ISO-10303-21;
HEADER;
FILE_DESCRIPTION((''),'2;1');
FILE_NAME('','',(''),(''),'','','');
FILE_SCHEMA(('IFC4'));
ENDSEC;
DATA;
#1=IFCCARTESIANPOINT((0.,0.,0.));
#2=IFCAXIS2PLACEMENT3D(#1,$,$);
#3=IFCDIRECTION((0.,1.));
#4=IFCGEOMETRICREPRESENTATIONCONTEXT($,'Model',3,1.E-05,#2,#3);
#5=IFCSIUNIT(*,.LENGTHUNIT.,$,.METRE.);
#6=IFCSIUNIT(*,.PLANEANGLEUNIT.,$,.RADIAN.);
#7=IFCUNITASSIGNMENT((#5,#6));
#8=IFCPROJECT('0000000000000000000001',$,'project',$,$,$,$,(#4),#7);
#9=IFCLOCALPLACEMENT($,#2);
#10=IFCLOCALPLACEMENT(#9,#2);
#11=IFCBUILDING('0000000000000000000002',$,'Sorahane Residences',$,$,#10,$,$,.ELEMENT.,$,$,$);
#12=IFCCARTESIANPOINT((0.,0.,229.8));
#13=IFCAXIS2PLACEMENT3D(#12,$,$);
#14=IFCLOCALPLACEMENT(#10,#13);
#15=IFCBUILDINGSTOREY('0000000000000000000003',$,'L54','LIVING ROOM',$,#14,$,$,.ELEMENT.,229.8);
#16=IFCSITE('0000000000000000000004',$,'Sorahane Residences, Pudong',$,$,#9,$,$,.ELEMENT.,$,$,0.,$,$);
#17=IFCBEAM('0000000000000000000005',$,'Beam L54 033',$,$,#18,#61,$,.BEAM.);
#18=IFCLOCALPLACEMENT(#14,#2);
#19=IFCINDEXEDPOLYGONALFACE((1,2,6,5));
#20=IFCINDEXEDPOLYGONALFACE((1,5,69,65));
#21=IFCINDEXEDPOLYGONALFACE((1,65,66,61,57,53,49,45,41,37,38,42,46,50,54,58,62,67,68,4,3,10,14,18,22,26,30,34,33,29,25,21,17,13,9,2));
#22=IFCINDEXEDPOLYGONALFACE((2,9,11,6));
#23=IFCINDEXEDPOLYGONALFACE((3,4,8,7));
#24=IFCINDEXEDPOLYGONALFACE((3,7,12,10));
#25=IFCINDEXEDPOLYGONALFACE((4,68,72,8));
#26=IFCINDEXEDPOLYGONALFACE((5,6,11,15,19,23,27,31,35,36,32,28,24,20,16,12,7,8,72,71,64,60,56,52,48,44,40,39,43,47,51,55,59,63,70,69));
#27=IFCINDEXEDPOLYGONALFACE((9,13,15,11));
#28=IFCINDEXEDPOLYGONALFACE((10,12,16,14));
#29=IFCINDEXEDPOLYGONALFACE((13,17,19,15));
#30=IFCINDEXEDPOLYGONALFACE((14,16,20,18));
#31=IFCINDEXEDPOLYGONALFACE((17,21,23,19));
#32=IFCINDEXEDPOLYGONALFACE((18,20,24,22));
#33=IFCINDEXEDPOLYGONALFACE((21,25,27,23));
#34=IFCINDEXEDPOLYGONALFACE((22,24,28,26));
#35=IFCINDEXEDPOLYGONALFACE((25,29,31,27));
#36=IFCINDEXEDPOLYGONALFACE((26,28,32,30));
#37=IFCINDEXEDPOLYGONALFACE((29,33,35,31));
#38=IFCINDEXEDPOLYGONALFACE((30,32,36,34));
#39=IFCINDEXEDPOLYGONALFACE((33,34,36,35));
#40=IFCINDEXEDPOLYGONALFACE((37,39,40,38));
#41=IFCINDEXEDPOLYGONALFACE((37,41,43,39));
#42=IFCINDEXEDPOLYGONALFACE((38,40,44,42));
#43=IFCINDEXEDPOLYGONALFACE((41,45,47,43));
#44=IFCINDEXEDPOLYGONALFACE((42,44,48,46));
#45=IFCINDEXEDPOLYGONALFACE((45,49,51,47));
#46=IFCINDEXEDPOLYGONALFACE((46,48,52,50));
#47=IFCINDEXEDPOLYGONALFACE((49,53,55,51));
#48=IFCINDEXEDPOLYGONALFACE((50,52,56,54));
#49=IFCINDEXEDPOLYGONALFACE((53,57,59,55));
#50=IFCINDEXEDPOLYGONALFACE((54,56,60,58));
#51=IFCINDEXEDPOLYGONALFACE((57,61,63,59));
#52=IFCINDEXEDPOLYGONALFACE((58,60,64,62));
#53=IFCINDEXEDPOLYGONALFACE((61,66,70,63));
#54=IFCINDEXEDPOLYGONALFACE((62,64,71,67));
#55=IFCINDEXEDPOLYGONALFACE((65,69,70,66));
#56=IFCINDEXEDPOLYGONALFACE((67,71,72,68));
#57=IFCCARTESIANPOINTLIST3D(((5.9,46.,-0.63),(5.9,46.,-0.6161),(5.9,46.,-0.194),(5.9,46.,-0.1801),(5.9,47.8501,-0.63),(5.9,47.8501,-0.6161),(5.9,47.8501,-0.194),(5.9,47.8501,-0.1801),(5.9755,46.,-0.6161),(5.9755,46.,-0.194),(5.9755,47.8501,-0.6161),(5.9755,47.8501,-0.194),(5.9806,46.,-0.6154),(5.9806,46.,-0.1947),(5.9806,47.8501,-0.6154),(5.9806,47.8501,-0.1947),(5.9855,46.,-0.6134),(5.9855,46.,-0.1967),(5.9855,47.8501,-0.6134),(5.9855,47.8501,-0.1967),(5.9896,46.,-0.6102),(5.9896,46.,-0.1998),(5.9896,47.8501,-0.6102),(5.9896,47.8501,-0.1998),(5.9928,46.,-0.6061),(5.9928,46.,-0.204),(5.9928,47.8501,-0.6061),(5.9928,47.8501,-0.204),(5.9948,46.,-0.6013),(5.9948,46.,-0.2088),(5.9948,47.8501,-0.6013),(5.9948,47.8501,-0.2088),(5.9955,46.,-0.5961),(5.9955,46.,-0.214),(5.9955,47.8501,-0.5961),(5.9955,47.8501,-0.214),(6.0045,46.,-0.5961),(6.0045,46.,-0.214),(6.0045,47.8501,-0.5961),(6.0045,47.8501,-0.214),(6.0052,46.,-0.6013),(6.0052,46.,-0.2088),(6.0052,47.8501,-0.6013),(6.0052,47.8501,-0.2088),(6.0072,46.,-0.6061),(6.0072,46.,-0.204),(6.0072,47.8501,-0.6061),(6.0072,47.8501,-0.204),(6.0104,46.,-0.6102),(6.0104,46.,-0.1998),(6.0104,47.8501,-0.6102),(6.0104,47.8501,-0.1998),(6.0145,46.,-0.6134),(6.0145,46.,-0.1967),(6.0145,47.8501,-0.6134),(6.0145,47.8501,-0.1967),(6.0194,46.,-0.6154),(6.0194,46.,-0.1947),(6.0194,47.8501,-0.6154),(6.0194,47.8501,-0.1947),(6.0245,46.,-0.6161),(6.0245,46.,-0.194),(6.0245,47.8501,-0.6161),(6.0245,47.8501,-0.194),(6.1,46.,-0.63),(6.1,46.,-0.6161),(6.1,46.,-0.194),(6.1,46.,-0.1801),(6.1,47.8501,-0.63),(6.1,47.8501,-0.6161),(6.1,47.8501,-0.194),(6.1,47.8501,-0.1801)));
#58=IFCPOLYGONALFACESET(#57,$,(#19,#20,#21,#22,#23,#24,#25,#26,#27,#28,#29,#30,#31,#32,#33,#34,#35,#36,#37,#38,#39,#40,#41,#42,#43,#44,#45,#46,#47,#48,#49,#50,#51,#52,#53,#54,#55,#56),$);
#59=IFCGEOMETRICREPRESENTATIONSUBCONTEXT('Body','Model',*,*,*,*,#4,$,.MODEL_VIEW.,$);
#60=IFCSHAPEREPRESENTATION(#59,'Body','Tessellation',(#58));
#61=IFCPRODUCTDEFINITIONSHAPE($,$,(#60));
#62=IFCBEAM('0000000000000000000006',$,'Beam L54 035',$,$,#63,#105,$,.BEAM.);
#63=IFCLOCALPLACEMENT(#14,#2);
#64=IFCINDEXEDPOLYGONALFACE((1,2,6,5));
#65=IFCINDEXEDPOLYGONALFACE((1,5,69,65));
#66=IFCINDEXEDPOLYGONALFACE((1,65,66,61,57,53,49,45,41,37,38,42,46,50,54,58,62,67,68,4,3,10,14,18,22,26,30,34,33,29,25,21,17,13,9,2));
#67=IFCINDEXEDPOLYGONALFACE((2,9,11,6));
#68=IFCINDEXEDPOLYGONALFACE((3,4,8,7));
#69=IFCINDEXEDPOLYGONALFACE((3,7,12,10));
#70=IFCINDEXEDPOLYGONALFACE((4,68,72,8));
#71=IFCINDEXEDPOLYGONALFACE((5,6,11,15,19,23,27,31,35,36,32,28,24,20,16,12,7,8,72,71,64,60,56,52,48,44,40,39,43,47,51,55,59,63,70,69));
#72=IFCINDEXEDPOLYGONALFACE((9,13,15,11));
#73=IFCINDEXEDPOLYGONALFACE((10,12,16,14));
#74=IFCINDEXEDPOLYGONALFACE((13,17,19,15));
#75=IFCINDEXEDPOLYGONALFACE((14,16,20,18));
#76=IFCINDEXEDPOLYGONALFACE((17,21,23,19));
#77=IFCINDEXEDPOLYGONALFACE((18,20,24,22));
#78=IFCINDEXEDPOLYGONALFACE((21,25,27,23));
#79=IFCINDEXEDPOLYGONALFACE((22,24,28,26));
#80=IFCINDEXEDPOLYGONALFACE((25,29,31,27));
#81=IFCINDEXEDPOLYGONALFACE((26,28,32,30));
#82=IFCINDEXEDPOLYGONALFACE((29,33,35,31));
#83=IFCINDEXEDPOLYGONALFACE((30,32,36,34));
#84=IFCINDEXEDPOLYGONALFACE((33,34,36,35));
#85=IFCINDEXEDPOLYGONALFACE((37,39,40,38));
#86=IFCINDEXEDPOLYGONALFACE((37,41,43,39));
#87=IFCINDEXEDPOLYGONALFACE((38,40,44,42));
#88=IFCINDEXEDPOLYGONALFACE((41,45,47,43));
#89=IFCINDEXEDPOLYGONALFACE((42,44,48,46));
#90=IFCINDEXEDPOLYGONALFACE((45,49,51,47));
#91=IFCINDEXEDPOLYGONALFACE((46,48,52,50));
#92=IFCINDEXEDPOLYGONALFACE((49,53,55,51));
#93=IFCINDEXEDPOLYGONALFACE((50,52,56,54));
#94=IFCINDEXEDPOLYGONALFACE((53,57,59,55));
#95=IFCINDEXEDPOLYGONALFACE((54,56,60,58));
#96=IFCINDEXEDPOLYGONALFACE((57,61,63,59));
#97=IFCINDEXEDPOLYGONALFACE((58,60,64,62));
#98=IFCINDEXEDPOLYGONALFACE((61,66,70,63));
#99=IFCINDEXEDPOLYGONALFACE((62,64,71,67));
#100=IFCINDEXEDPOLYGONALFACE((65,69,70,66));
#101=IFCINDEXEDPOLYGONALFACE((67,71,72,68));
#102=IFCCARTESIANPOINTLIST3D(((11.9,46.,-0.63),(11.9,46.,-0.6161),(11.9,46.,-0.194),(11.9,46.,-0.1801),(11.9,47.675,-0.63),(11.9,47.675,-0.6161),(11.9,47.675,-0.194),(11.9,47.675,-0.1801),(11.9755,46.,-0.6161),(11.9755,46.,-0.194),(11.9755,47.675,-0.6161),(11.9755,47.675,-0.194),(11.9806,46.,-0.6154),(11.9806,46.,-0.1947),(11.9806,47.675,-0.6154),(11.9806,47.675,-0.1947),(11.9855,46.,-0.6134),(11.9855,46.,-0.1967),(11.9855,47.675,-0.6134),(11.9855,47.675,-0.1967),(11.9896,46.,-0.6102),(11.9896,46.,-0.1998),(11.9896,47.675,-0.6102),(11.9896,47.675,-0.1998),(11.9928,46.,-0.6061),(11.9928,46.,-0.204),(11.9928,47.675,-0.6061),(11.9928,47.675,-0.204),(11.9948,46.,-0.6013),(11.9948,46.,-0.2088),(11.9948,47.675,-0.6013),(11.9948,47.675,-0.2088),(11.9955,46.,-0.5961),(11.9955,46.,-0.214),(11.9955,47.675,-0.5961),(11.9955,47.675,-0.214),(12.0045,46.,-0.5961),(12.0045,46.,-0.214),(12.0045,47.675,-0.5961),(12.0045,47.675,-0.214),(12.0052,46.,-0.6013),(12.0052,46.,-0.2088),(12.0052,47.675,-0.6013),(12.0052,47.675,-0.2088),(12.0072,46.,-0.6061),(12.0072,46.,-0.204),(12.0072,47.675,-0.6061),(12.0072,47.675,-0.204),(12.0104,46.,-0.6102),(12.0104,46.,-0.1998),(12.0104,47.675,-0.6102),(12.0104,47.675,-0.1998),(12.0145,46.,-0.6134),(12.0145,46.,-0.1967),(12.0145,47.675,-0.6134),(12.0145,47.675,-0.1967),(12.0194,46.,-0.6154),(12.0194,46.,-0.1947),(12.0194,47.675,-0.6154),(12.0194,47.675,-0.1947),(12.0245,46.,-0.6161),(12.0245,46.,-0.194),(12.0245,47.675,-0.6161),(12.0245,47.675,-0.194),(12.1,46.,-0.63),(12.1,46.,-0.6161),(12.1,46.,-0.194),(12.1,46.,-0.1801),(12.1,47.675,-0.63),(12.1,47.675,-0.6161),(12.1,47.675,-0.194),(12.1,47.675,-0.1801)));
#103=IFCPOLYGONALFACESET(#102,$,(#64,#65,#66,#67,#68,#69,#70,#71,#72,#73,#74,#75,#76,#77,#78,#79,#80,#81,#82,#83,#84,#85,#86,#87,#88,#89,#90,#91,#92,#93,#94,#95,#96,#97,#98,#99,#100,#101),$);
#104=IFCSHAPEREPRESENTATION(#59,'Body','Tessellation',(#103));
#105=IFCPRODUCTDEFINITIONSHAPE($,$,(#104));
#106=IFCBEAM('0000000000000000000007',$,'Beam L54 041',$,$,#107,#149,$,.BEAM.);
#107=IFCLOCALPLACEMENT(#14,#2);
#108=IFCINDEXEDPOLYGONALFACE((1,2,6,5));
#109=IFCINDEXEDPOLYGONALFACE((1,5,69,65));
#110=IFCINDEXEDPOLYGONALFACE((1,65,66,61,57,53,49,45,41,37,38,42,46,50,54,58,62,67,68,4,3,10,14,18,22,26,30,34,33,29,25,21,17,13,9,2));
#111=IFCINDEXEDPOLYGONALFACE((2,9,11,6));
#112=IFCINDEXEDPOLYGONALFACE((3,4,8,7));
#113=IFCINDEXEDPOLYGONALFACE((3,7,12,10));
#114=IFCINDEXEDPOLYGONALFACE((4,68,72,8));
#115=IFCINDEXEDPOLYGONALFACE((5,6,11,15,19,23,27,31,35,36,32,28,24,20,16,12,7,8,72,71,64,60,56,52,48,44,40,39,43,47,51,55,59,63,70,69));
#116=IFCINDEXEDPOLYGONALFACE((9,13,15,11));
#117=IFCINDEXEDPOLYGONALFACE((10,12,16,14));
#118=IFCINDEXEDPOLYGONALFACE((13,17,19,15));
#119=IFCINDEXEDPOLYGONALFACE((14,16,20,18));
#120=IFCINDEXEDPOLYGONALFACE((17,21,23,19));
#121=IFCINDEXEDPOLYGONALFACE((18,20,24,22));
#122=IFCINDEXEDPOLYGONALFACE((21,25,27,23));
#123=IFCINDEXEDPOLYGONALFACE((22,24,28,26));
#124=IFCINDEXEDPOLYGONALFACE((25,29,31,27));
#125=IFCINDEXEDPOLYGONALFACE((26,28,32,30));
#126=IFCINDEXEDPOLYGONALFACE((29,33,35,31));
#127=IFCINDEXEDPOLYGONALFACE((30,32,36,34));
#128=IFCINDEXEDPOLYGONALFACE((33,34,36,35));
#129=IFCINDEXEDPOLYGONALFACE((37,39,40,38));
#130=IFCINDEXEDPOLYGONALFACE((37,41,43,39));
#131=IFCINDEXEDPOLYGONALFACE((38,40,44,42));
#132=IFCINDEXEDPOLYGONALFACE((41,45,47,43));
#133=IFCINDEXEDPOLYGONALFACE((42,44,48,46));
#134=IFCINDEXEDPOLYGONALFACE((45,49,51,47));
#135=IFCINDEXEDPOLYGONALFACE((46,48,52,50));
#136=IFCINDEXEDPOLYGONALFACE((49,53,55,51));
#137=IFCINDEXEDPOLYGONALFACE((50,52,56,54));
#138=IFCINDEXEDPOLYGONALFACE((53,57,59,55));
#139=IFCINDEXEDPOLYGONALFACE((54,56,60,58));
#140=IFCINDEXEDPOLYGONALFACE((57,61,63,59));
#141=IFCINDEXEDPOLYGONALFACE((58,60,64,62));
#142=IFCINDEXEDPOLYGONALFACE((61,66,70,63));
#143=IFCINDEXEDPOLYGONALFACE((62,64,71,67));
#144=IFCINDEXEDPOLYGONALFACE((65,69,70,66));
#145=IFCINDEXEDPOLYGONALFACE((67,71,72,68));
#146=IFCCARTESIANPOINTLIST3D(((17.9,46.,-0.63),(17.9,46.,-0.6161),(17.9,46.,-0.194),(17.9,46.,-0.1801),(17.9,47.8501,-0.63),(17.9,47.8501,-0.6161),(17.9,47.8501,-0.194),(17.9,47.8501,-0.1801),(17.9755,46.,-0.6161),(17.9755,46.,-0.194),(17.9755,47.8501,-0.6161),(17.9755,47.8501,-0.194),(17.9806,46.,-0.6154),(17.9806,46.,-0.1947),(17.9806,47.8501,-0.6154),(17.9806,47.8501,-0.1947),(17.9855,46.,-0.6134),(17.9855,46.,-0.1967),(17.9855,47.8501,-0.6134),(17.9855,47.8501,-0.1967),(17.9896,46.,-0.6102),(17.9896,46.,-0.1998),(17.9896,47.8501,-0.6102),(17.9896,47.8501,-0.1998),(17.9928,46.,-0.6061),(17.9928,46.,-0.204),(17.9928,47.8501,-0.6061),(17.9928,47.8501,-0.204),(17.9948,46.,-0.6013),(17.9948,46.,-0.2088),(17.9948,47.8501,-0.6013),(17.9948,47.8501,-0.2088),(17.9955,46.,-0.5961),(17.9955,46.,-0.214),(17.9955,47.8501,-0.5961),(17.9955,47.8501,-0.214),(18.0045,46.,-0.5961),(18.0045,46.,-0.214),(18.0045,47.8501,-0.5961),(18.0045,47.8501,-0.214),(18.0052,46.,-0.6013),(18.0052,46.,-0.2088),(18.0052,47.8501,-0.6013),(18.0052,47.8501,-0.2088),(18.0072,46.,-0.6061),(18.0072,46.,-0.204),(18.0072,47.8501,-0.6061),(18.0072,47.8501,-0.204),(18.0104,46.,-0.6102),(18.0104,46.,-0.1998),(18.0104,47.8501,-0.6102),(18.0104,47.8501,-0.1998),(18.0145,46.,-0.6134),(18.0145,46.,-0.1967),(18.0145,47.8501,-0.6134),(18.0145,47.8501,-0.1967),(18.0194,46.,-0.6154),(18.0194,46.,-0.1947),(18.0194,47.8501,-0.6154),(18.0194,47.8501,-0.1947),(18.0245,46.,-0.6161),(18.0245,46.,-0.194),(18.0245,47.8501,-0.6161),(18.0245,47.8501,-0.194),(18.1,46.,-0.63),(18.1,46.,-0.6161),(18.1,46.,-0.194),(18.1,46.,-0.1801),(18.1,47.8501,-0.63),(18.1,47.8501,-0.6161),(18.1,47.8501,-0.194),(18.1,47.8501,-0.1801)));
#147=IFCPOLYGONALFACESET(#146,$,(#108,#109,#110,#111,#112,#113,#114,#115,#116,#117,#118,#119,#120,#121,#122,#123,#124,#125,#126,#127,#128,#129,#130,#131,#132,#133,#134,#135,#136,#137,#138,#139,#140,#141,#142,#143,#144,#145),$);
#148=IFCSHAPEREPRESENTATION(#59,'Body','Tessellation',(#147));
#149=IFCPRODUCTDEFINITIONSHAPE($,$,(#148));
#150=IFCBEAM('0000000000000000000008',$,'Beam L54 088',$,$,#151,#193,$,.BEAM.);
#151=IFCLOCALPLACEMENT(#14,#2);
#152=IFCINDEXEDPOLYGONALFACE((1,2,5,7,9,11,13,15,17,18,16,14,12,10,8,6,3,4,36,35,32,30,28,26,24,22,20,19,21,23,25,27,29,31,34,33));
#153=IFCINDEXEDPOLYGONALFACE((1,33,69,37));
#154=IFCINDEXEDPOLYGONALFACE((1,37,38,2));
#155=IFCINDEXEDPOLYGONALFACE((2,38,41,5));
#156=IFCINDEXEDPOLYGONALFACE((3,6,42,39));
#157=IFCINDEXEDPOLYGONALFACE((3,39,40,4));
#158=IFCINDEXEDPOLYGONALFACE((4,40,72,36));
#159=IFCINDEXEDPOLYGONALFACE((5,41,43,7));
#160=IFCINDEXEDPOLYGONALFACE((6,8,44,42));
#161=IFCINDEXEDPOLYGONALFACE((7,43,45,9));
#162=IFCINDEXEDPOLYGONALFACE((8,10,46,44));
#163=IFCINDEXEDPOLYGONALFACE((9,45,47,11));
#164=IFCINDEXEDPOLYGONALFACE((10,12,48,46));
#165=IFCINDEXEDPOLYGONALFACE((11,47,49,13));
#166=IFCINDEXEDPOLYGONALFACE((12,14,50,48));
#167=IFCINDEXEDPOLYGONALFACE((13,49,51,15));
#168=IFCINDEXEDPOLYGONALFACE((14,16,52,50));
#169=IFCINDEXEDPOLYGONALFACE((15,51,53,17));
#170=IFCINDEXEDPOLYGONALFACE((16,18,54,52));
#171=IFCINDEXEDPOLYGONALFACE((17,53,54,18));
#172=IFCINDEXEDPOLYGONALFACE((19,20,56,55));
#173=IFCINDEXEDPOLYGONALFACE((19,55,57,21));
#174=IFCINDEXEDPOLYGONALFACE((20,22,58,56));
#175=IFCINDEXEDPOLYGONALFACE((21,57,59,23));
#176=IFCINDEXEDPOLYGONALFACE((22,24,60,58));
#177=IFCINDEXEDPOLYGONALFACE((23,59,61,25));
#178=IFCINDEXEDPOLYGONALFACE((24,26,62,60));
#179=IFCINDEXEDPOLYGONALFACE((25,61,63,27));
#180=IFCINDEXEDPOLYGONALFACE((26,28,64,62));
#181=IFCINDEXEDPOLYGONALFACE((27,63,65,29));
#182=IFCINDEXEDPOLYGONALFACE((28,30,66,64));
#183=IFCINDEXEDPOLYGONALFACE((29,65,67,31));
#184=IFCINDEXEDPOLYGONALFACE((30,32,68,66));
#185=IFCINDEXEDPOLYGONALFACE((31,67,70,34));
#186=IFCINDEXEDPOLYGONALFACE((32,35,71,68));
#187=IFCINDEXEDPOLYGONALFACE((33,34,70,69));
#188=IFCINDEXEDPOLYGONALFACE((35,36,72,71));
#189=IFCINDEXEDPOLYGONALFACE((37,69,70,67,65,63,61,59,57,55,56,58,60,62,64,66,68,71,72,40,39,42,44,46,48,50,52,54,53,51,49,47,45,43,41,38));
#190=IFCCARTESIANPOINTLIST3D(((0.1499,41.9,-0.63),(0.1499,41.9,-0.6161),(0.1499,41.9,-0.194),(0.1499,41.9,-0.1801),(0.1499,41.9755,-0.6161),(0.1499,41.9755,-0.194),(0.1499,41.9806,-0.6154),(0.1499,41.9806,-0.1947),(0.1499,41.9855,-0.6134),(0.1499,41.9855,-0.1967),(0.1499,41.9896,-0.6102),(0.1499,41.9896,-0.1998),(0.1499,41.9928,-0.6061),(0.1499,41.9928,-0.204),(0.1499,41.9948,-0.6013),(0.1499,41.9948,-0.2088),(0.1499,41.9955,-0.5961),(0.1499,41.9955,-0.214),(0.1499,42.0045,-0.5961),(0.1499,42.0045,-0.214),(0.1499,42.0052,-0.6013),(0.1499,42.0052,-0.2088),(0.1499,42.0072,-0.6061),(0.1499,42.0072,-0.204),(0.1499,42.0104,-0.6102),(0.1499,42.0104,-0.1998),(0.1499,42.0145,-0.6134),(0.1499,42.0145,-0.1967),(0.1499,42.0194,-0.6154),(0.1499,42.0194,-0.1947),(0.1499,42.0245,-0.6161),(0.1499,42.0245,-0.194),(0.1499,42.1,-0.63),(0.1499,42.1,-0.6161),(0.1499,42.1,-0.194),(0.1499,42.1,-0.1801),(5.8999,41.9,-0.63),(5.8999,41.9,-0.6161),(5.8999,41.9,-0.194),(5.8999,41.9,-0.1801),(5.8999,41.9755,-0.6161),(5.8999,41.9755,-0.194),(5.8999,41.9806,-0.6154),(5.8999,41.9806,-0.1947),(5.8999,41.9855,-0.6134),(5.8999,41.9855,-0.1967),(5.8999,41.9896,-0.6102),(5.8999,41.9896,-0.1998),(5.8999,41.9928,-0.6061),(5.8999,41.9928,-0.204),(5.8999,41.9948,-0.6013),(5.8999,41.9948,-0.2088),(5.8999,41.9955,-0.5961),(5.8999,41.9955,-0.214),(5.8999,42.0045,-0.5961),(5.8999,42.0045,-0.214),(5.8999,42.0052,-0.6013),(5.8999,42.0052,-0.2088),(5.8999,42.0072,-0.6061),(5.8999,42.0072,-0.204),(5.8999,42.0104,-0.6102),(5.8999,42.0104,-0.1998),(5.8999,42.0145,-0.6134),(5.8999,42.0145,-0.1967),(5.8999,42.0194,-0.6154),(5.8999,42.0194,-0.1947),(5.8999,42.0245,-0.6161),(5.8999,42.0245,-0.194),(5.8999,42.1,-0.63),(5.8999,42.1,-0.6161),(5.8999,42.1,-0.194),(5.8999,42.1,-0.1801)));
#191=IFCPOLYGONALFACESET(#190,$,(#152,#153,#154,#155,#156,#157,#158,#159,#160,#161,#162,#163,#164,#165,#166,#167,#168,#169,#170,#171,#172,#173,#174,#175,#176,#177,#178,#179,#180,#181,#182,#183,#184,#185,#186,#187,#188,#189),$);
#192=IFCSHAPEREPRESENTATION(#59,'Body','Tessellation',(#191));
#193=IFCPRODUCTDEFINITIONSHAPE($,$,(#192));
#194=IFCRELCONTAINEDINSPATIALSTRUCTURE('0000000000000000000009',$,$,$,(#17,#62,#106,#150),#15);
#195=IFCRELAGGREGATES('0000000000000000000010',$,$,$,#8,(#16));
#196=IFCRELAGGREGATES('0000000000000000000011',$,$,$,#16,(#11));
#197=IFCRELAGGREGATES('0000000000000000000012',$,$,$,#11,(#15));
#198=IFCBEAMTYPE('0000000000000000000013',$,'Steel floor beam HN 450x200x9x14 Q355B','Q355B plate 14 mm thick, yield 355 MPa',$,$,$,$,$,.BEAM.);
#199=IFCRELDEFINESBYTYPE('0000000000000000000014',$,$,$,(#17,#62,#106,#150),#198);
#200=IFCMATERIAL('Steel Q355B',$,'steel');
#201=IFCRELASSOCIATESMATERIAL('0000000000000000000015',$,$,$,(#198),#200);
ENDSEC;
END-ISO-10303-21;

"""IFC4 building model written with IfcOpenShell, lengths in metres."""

from ifc_helpers import new_model, si_unit, direction, frame, origin, origin_2d, place, context, subcontext, project, spatial, i_section, extrude, material, material_profile, profile_set, type_object, element, save


model = new_model("IFC4")

# Units and contexts
model_context = context("Model", 3, precision=1e-05, world=origin(), true_north=direction((0.0, 1.0)))
body_context = subcontext(model_context, "Body", "Model", "MODEL_VIEW")
ifc_project = project(units=[si_unit("LENGTHUNIT", "METRE"), si_unit("PLANEANGLEUNIT", "RADIAN")], contexts=[model_context])

# Site, building, storey
site_placement = place(None, origin())
site = spatial("IfcSite", under=ifc_project, at=site_placement, Name="Sorahane Residences, Pudong", CompositionType="ELEMENT", RefElevation=0.0)
building_placement = place(site_placement, origin())
building = spatial("IfcBuilding", under=site, at=building_placement, Name="Sorahane Residences", CompositionType="ELEMENT")
storey_placement = place(building_placement, frame((0.0, 0.0, 229.8)))
storey = spatial("IfcBuildingStorey", under=building, at=storey_placement, Name="L54", Description="LIVING ROOM", CompositionType="ELEMENT", Elevation=229.8)

# Beams
ifc_material_1 = material(Name="Steel Q355B", Category="steel")
ifc_material_profile_1 = material_profile(ifc_material_1, i_section(OverallWidth=0.2, OverallDepth=0.45, WebThickness=0.009, FlangeThickness=0.0139, FilletRadius=0.02, at=origin_2d()), Name="HN 450x200x9x14")
ifc_profile_set_1 = profile_set([ifc_material_profile_1], Name="Steel Q355B")
beam_type_1 = type_object("IfcBeamType", Name="Steel floor beam HN 450x200x9x14 Q355B", Description="Q355B plate 14 mm thick, yield 355 MPa", PredefinedType="BEAM", material=ifc_profile_set_1)
beam_1_placement = place(storey_placement, frame((6.0, 46.0, -0.405), z_axis=(0.0, 1.0, 0.0), x_axis=(-1.0, 0.0, 0.0)))
element("IfcBeam", 1, at=beam_1_placement, inside=storey, type_object=beam_type_1, Name="Beam L54 033", PredefinedType="BEAM", context=body_context, shape_type="SweptSolid", body=[
    extrude(i_section(OverallWidth=0.2, OverallDepth=0.45, WebThickness=0.009, FlangeThickness=0.0139, FilletRadius=0.02, at=origin_2d()), origin(), (0.0, 0.0, 1.0), 1.8501),
])
beam_2_placement = place(storey_placement, frame((12.0, 46.0, -0.405), z_axis=(0.0, 1.0, 0.0), x_axis=(-1.0, 0.0, 0.0)))
element("IfcBeam", 2, at=beam_2_placement, inside=storey, type_object=beam_type_1, Name="Beam L54 035", PredefinedType="BEAM", context=body_context, shape_type="SweptSolid", body=[
    extrude(i_section(OverallWidth=0.2, OverallDepth=0.45, WebThickness=0.009, FlangeThickness=0.0139, FilletRadius=0.02, at=origin_2d()), origin(), (0.0, 0.0, 1.0), 1.675),
])
beam_3_placement = place(storey_placement, frame((18.0, 46.0, -0.405), z_axis=(0.0, 1.0, 0.0), x_axis=(-1.0, 0.0, 0.0)))
element("IfcBeam", 3, at=beam_3_placement, inside=storey, type_object=beam_type_1, Name="Beam L54 041", PredefinedType="BEAM", context=body_context, shape_type="SweptSolid", body=[
    extrude(i_section(OverallWidth=0.2, OverallDepth=0.45, WebThickness=0.009, FlangeThickness=0.0139, FilletRadius=0.02, at=origin_2d()), origin(), (0.0, 0.0, 1.0), 1.8501),
])
beam_4_placement = place(storey_placement, frame((0.1499, 42.0, -0.405), z_axis=(1.0, 0.0, 0.0), x_axis=(0.0, 1.0, 0.0)))
element("IfcBeam", 4, at=beam_4_placement, inside=storey, type_object=beam_type_1, Name="Beam L54 088", PredefinedType="BEAM", context=body_context, shape_type="SweptSolid", body=[
    extrude(i_section(OverallWidth=0.2, OverallDepth=0.45, WebThickness=0.009, FlangeThickness=0.0139, FilletRadius=0.02, at=origin_2d()), origin(), (0.0, 0.0, 1.0), 5.75),
])

save(model, "model.ifc")
